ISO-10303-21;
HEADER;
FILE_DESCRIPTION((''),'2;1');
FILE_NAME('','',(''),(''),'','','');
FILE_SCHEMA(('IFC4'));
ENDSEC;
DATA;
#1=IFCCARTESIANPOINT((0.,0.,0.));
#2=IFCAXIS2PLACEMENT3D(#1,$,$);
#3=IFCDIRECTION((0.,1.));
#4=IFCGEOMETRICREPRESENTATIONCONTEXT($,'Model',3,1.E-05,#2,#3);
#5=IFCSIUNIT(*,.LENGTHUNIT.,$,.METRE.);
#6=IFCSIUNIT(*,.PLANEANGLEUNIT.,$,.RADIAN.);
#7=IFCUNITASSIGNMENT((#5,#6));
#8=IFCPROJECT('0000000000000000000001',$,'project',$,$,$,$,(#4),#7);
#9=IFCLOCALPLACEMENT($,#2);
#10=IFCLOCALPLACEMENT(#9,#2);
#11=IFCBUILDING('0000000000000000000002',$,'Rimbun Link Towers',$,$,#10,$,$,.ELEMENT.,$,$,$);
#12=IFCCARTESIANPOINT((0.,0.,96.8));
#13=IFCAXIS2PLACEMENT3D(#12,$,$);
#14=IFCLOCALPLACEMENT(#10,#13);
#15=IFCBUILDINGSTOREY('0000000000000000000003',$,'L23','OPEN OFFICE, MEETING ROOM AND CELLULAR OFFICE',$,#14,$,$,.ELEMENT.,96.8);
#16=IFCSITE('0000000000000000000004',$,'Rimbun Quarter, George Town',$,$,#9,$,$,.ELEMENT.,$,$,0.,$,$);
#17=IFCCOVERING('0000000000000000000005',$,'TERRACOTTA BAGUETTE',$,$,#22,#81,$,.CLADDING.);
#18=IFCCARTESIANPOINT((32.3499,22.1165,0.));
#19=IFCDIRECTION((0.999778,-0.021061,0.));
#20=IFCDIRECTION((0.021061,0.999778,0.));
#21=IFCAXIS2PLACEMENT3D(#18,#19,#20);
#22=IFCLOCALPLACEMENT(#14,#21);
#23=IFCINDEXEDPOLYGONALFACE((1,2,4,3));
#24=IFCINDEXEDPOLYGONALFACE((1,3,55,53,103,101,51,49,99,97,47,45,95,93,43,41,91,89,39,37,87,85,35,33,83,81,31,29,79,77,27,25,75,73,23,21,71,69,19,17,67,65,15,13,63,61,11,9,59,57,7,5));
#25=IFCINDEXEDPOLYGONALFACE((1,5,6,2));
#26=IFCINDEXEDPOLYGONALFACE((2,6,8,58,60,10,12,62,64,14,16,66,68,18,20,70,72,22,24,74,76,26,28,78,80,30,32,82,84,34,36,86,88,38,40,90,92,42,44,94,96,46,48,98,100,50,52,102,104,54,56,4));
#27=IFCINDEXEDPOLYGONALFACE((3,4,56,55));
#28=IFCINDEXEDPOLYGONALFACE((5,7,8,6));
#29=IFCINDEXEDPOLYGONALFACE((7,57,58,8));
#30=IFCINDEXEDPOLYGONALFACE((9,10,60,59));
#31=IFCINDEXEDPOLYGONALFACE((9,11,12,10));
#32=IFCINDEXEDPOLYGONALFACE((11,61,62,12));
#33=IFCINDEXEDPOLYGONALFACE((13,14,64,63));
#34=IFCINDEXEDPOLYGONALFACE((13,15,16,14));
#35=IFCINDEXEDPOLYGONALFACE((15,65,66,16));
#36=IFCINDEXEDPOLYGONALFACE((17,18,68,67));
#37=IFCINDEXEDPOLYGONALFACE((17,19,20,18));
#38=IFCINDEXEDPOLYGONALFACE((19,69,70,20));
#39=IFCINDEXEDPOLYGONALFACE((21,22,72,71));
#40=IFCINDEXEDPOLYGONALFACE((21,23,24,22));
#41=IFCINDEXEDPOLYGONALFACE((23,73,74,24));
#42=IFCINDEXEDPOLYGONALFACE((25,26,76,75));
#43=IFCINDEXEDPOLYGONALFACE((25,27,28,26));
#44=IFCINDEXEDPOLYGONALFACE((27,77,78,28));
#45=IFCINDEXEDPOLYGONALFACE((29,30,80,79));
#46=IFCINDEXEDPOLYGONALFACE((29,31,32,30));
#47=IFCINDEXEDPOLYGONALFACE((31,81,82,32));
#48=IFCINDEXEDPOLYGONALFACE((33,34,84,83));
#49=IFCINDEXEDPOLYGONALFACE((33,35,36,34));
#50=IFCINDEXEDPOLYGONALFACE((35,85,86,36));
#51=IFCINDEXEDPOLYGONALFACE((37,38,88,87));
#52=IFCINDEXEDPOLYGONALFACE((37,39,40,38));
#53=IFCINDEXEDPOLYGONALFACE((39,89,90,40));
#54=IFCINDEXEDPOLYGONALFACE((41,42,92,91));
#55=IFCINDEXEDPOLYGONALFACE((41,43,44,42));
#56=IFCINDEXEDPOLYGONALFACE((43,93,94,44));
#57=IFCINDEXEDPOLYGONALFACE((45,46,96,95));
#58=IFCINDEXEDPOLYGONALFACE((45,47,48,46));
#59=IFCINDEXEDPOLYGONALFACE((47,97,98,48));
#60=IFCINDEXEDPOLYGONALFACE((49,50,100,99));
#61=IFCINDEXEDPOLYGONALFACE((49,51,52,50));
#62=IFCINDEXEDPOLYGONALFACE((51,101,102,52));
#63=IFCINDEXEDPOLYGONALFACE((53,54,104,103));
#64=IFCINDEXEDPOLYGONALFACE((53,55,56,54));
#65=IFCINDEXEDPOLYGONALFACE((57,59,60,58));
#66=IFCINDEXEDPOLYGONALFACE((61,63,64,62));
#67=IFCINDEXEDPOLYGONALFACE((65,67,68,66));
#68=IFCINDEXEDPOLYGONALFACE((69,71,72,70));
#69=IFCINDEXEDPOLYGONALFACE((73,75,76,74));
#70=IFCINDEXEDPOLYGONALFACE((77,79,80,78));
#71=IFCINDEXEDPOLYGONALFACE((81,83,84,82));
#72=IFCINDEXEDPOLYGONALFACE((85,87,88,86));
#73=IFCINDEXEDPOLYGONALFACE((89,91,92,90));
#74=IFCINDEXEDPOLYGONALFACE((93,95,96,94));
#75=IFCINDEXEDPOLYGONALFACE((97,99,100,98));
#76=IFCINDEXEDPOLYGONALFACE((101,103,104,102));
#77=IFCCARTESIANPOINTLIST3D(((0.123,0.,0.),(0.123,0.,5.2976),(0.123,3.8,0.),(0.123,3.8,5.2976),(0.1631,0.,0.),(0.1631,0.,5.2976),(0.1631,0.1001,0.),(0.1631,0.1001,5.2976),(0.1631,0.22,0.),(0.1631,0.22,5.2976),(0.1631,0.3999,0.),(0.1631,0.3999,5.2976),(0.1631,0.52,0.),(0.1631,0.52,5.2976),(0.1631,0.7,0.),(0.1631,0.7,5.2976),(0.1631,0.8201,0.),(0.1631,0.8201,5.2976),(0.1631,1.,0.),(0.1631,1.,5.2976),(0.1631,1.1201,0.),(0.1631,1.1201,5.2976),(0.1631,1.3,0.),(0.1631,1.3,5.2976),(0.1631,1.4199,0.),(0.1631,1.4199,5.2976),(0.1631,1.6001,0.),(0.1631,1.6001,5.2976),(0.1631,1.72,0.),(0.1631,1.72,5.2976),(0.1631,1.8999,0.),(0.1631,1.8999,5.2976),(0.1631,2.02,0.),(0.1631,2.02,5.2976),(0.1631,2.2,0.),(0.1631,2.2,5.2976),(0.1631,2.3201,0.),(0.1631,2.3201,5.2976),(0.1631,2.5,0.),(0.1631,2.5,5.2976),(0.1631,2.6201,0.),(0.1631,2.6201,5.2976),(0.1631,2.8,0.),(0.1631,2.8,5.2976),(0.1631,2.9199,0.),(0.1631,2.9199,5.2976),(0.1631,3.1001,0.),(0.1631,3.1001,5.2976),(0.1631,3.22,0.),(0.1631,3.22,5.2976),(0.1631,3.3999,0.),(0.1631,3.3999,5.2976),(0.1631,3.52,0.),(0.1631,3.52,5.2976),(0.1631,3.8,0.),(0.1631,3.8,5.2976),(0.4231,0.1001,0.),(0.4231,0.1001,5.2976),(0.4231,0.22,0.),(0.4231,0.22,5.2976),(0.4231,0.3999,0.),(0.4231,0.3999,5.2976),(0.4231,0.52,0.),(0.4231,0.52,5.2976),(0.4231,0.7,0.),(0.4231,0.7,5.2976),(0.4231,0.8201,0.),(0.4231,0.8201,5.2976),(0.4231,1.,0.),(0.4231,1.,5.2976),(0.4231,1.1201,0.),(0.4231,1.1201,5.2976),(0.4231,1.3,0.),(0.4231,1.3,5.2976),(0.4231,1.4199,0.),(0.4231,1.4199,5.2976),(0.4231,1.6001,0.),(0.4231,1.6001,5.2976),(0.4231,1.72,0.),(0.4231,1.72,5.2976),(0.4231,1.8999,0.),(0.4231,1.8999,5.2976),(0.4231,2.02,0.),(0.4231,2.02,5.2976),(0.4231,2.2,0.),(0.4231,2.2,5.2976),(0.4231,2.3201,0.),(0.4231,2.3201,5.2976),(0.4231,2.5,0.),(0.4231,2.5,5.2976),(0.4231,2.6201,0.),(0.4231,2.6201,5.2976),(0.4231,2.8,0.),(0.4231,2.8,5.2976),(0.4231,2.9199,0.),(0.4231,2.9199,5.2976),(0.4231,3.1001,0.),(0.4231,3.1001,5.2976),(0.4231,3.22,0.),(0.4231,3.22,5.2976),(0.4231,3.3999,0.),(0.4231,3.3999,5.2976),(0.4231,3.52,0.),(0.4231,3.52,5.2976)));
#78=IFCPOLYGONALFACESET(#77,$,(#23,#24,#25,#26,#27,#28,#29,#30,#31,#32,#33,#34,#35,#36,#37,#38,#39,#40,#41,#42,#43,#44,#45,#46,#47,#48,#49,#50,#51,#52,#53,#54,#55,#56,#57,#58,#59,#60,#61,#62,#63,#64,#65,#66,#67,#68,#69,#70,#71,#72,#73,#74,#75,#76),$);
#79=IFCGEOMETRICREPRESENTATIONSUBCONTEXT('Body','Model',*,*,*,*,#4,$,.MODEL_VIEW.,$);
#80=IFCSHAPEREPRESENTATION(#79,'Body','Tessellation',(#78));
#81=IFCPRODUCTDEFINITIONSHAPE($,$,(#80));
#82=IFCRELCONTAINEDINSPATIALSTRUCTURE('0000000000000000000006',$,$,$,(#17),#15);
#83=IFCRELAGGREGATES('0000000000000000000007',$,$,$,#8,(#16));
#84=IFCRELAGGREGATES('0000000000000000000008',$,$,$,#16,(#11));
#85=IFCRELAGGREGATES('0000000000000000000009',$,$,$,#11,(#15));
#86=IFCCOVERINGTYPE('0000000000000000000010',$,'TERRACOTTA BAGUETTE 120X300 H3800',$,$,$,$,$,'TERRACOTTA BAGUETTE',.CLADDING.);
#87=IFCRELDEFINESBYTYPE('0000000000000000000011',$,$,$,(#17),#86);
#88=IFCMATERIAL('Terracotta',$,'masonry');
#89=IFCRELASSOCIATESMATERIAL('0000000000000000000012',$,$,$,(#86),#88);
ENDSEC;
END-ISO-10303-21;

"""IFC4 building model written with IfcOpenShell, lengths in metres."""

from ifc_helpers import new_model, si_unit, direction, frame, origin, place, context, subcontext, project, spatial, polyline, outline, extrude, material, material_profile, profile_set, type_object, element, save


model = new_model("IFC4")

# Units and contexts
model_context = context("Model", 3, precision=1e-05, world=origin(), true_north=direction((0.0, 1.0)))
body_context = subcontext(model_context, "Body", "Model", "MODEL_VIEW")
ifc_project = project(units=[si_unit("LENGTHUNIT", "METRE"), si_unit("PLANEANGLEUNIT", "RADIAN")], contexts=[model_context])

# Site, building, storey
site_placement = place(None, origin())
site = spatial("IfcSite", under=ifc_project, at=site_placement, Name="Rimbun Quarter, George Town", CompositionType="ELEMENT", RefElevation=0.0)
building_placement = place(site_placement, origin())
building = spatial("IfcBuilding", under=site, at=building_placement, Name="Rimbun Link Towers", CompositionType="ELEMENT")
storey_placement = place(building_placement, frame((0.0, 0.0, 96.8)))
storey = spatial("IfcBuildingStorey", under=building, at=storey_placement, Name="L23", Description="OPEN OFFICE, MEETING ROOM AND CELLULAR OFFICE", CompositionType="ELEMENT", Elevation=96.8)

# Covering
ifc_material_1 = material(Name="Terracotta", Category="masonry")
ifc_material_profile_1 = material_profile(ifc_material_1, outline(polyline([(0.123, 0.0), (0.1631, 0.0), (0.1631, 0.1001), (0.4231, 0.1001), (0.4231, 0.22), (0.1631, 0.22), (0.1631, 0.3999), (0.4231, 0.3999), (0.4231, 0.52), (0.1631, 0.52), (0.1631, 0.7), (0.4231, 0.7), (0.4231, 0.8201), (0.1631, 0.8201), (0.1631, 1.0), (0.4231, 1.0), (0.4231, 1.1201), (0.1631, 1.1201), (0.1631, 1.3), (0.4231, 1.3), (0.4231, 1.4199), (0.1631, 1.4199), (0.1631, 1.6001), (0.4231, 1.6001), (0.4231, 1.72), (0.1631, 1.72), (0.1631, 1.8999), (0.4231, 1.8999), (0.4231, 2.02), (0.1631, 2.02), (0.1631, 2.2), (0.4231, 2.2), (0.4231, 2.3201), (0.1631, 2.3201), (0.1631, 2.5), (0.4231, 2.5), (0.4231, 2.6201), (0.1631, 2.6201), (0.1631, 2.8), (0.4231, 2.8), (0.4231, 2.9199), (0.1631, 2.9199), (0.1631, 3.1001), (0.4231, 3.1001), (0.4231, 3.22), (0.1631, 3.22), (0.1631, 3.3999), (0.4231, 3.3999), (0.4231, 3.52), (0.1631, 3.52), (0.1631, 3.8), (0.123, 3.8), (0.123, 0.0)])), Name="BAGUETTE 120X300")
ifc_profile_set_1 = profile_set([ifc_material_profile_1], Name="Terracotta")
covering_type = type_object("IfcCoveringType", Name="TERRACOTTA BAGUETTE 120X300 H3800", ElementType="TERRACOTTA BAGUETTE", PredefinedType="CLADDING", material=ifc_profile_set_1)
covering_1_placement = place(storey_placement, frame((32.3499, 22.1165, 0.0), z_axis=(0.999778, -0.021061, 0.0), x_axis=(0.021061, 0.999778, 0.0)))
element("IfcCovering", 1, at=covering_1_placement, inside=storey, type_object=covering_type, Name="TERRACOTTA BAGUETTE", PredefinedType="CLADDING", context=body_context, shape_type="SweptSolid", body=[
    extrude(outline(polyline([(0.123, 0.0), (0.1631, 0.0), (0.1631, 0.1001), (0.4231, 0.1001), (0.4231, 0.22), (0.1631, 0.22), (0.1631, 0.3999), (0.4231, 0.3999), (0.4231, 0.52), (0.1631, 0.52), (0.1631, 0.7), (0.4231, 0.7), (0.4231, 0.8201), (0.1631, 0.8201), (0.1631, 1.0), (0.4231, 1.0), (0.4231, 1.1201), (0.1631, 1.1201), (0.1631, 1.3), (0.4231, 1.3), (0.4231, 1.4199), (0.1631, 1.4199), (0.1631, 1.6001), (0.4231, 1.6001), (0.4231, 1.72), (0.1631, 1.72), (0.1631, 1.8999), (0.4231, 1.8999), (0.4231, 2.02), (0.1631, 2.02), (0.1631, 2.2), (0.4231, 2.2), (0.4231, 2.3201), (0.1631, 2.3201), (0.1631, 2.5), (0.4231, 2.5), (0.4231, 2.6201), (0.1631, 2.6201), (0.1631, 2.8), (0.4231, 2.8), (0.4231, 2.9199), (0.1631, 2.9199), (0.1631, 3.1001), (0.4231, 3.1001), (0.4231, 3.22), (0.1631, 3.22), (0.1631, 3.3999), (0.4231, 3.3999), (0.4231, 3.52), (0.1631, 3.52), (0.1631, 3.8), (0.123, 3.8), (0.123, 0.0)])), origin(), (0.0, 0.0, 1.0), 5.2976),
])

save(model, "model.ifc")
